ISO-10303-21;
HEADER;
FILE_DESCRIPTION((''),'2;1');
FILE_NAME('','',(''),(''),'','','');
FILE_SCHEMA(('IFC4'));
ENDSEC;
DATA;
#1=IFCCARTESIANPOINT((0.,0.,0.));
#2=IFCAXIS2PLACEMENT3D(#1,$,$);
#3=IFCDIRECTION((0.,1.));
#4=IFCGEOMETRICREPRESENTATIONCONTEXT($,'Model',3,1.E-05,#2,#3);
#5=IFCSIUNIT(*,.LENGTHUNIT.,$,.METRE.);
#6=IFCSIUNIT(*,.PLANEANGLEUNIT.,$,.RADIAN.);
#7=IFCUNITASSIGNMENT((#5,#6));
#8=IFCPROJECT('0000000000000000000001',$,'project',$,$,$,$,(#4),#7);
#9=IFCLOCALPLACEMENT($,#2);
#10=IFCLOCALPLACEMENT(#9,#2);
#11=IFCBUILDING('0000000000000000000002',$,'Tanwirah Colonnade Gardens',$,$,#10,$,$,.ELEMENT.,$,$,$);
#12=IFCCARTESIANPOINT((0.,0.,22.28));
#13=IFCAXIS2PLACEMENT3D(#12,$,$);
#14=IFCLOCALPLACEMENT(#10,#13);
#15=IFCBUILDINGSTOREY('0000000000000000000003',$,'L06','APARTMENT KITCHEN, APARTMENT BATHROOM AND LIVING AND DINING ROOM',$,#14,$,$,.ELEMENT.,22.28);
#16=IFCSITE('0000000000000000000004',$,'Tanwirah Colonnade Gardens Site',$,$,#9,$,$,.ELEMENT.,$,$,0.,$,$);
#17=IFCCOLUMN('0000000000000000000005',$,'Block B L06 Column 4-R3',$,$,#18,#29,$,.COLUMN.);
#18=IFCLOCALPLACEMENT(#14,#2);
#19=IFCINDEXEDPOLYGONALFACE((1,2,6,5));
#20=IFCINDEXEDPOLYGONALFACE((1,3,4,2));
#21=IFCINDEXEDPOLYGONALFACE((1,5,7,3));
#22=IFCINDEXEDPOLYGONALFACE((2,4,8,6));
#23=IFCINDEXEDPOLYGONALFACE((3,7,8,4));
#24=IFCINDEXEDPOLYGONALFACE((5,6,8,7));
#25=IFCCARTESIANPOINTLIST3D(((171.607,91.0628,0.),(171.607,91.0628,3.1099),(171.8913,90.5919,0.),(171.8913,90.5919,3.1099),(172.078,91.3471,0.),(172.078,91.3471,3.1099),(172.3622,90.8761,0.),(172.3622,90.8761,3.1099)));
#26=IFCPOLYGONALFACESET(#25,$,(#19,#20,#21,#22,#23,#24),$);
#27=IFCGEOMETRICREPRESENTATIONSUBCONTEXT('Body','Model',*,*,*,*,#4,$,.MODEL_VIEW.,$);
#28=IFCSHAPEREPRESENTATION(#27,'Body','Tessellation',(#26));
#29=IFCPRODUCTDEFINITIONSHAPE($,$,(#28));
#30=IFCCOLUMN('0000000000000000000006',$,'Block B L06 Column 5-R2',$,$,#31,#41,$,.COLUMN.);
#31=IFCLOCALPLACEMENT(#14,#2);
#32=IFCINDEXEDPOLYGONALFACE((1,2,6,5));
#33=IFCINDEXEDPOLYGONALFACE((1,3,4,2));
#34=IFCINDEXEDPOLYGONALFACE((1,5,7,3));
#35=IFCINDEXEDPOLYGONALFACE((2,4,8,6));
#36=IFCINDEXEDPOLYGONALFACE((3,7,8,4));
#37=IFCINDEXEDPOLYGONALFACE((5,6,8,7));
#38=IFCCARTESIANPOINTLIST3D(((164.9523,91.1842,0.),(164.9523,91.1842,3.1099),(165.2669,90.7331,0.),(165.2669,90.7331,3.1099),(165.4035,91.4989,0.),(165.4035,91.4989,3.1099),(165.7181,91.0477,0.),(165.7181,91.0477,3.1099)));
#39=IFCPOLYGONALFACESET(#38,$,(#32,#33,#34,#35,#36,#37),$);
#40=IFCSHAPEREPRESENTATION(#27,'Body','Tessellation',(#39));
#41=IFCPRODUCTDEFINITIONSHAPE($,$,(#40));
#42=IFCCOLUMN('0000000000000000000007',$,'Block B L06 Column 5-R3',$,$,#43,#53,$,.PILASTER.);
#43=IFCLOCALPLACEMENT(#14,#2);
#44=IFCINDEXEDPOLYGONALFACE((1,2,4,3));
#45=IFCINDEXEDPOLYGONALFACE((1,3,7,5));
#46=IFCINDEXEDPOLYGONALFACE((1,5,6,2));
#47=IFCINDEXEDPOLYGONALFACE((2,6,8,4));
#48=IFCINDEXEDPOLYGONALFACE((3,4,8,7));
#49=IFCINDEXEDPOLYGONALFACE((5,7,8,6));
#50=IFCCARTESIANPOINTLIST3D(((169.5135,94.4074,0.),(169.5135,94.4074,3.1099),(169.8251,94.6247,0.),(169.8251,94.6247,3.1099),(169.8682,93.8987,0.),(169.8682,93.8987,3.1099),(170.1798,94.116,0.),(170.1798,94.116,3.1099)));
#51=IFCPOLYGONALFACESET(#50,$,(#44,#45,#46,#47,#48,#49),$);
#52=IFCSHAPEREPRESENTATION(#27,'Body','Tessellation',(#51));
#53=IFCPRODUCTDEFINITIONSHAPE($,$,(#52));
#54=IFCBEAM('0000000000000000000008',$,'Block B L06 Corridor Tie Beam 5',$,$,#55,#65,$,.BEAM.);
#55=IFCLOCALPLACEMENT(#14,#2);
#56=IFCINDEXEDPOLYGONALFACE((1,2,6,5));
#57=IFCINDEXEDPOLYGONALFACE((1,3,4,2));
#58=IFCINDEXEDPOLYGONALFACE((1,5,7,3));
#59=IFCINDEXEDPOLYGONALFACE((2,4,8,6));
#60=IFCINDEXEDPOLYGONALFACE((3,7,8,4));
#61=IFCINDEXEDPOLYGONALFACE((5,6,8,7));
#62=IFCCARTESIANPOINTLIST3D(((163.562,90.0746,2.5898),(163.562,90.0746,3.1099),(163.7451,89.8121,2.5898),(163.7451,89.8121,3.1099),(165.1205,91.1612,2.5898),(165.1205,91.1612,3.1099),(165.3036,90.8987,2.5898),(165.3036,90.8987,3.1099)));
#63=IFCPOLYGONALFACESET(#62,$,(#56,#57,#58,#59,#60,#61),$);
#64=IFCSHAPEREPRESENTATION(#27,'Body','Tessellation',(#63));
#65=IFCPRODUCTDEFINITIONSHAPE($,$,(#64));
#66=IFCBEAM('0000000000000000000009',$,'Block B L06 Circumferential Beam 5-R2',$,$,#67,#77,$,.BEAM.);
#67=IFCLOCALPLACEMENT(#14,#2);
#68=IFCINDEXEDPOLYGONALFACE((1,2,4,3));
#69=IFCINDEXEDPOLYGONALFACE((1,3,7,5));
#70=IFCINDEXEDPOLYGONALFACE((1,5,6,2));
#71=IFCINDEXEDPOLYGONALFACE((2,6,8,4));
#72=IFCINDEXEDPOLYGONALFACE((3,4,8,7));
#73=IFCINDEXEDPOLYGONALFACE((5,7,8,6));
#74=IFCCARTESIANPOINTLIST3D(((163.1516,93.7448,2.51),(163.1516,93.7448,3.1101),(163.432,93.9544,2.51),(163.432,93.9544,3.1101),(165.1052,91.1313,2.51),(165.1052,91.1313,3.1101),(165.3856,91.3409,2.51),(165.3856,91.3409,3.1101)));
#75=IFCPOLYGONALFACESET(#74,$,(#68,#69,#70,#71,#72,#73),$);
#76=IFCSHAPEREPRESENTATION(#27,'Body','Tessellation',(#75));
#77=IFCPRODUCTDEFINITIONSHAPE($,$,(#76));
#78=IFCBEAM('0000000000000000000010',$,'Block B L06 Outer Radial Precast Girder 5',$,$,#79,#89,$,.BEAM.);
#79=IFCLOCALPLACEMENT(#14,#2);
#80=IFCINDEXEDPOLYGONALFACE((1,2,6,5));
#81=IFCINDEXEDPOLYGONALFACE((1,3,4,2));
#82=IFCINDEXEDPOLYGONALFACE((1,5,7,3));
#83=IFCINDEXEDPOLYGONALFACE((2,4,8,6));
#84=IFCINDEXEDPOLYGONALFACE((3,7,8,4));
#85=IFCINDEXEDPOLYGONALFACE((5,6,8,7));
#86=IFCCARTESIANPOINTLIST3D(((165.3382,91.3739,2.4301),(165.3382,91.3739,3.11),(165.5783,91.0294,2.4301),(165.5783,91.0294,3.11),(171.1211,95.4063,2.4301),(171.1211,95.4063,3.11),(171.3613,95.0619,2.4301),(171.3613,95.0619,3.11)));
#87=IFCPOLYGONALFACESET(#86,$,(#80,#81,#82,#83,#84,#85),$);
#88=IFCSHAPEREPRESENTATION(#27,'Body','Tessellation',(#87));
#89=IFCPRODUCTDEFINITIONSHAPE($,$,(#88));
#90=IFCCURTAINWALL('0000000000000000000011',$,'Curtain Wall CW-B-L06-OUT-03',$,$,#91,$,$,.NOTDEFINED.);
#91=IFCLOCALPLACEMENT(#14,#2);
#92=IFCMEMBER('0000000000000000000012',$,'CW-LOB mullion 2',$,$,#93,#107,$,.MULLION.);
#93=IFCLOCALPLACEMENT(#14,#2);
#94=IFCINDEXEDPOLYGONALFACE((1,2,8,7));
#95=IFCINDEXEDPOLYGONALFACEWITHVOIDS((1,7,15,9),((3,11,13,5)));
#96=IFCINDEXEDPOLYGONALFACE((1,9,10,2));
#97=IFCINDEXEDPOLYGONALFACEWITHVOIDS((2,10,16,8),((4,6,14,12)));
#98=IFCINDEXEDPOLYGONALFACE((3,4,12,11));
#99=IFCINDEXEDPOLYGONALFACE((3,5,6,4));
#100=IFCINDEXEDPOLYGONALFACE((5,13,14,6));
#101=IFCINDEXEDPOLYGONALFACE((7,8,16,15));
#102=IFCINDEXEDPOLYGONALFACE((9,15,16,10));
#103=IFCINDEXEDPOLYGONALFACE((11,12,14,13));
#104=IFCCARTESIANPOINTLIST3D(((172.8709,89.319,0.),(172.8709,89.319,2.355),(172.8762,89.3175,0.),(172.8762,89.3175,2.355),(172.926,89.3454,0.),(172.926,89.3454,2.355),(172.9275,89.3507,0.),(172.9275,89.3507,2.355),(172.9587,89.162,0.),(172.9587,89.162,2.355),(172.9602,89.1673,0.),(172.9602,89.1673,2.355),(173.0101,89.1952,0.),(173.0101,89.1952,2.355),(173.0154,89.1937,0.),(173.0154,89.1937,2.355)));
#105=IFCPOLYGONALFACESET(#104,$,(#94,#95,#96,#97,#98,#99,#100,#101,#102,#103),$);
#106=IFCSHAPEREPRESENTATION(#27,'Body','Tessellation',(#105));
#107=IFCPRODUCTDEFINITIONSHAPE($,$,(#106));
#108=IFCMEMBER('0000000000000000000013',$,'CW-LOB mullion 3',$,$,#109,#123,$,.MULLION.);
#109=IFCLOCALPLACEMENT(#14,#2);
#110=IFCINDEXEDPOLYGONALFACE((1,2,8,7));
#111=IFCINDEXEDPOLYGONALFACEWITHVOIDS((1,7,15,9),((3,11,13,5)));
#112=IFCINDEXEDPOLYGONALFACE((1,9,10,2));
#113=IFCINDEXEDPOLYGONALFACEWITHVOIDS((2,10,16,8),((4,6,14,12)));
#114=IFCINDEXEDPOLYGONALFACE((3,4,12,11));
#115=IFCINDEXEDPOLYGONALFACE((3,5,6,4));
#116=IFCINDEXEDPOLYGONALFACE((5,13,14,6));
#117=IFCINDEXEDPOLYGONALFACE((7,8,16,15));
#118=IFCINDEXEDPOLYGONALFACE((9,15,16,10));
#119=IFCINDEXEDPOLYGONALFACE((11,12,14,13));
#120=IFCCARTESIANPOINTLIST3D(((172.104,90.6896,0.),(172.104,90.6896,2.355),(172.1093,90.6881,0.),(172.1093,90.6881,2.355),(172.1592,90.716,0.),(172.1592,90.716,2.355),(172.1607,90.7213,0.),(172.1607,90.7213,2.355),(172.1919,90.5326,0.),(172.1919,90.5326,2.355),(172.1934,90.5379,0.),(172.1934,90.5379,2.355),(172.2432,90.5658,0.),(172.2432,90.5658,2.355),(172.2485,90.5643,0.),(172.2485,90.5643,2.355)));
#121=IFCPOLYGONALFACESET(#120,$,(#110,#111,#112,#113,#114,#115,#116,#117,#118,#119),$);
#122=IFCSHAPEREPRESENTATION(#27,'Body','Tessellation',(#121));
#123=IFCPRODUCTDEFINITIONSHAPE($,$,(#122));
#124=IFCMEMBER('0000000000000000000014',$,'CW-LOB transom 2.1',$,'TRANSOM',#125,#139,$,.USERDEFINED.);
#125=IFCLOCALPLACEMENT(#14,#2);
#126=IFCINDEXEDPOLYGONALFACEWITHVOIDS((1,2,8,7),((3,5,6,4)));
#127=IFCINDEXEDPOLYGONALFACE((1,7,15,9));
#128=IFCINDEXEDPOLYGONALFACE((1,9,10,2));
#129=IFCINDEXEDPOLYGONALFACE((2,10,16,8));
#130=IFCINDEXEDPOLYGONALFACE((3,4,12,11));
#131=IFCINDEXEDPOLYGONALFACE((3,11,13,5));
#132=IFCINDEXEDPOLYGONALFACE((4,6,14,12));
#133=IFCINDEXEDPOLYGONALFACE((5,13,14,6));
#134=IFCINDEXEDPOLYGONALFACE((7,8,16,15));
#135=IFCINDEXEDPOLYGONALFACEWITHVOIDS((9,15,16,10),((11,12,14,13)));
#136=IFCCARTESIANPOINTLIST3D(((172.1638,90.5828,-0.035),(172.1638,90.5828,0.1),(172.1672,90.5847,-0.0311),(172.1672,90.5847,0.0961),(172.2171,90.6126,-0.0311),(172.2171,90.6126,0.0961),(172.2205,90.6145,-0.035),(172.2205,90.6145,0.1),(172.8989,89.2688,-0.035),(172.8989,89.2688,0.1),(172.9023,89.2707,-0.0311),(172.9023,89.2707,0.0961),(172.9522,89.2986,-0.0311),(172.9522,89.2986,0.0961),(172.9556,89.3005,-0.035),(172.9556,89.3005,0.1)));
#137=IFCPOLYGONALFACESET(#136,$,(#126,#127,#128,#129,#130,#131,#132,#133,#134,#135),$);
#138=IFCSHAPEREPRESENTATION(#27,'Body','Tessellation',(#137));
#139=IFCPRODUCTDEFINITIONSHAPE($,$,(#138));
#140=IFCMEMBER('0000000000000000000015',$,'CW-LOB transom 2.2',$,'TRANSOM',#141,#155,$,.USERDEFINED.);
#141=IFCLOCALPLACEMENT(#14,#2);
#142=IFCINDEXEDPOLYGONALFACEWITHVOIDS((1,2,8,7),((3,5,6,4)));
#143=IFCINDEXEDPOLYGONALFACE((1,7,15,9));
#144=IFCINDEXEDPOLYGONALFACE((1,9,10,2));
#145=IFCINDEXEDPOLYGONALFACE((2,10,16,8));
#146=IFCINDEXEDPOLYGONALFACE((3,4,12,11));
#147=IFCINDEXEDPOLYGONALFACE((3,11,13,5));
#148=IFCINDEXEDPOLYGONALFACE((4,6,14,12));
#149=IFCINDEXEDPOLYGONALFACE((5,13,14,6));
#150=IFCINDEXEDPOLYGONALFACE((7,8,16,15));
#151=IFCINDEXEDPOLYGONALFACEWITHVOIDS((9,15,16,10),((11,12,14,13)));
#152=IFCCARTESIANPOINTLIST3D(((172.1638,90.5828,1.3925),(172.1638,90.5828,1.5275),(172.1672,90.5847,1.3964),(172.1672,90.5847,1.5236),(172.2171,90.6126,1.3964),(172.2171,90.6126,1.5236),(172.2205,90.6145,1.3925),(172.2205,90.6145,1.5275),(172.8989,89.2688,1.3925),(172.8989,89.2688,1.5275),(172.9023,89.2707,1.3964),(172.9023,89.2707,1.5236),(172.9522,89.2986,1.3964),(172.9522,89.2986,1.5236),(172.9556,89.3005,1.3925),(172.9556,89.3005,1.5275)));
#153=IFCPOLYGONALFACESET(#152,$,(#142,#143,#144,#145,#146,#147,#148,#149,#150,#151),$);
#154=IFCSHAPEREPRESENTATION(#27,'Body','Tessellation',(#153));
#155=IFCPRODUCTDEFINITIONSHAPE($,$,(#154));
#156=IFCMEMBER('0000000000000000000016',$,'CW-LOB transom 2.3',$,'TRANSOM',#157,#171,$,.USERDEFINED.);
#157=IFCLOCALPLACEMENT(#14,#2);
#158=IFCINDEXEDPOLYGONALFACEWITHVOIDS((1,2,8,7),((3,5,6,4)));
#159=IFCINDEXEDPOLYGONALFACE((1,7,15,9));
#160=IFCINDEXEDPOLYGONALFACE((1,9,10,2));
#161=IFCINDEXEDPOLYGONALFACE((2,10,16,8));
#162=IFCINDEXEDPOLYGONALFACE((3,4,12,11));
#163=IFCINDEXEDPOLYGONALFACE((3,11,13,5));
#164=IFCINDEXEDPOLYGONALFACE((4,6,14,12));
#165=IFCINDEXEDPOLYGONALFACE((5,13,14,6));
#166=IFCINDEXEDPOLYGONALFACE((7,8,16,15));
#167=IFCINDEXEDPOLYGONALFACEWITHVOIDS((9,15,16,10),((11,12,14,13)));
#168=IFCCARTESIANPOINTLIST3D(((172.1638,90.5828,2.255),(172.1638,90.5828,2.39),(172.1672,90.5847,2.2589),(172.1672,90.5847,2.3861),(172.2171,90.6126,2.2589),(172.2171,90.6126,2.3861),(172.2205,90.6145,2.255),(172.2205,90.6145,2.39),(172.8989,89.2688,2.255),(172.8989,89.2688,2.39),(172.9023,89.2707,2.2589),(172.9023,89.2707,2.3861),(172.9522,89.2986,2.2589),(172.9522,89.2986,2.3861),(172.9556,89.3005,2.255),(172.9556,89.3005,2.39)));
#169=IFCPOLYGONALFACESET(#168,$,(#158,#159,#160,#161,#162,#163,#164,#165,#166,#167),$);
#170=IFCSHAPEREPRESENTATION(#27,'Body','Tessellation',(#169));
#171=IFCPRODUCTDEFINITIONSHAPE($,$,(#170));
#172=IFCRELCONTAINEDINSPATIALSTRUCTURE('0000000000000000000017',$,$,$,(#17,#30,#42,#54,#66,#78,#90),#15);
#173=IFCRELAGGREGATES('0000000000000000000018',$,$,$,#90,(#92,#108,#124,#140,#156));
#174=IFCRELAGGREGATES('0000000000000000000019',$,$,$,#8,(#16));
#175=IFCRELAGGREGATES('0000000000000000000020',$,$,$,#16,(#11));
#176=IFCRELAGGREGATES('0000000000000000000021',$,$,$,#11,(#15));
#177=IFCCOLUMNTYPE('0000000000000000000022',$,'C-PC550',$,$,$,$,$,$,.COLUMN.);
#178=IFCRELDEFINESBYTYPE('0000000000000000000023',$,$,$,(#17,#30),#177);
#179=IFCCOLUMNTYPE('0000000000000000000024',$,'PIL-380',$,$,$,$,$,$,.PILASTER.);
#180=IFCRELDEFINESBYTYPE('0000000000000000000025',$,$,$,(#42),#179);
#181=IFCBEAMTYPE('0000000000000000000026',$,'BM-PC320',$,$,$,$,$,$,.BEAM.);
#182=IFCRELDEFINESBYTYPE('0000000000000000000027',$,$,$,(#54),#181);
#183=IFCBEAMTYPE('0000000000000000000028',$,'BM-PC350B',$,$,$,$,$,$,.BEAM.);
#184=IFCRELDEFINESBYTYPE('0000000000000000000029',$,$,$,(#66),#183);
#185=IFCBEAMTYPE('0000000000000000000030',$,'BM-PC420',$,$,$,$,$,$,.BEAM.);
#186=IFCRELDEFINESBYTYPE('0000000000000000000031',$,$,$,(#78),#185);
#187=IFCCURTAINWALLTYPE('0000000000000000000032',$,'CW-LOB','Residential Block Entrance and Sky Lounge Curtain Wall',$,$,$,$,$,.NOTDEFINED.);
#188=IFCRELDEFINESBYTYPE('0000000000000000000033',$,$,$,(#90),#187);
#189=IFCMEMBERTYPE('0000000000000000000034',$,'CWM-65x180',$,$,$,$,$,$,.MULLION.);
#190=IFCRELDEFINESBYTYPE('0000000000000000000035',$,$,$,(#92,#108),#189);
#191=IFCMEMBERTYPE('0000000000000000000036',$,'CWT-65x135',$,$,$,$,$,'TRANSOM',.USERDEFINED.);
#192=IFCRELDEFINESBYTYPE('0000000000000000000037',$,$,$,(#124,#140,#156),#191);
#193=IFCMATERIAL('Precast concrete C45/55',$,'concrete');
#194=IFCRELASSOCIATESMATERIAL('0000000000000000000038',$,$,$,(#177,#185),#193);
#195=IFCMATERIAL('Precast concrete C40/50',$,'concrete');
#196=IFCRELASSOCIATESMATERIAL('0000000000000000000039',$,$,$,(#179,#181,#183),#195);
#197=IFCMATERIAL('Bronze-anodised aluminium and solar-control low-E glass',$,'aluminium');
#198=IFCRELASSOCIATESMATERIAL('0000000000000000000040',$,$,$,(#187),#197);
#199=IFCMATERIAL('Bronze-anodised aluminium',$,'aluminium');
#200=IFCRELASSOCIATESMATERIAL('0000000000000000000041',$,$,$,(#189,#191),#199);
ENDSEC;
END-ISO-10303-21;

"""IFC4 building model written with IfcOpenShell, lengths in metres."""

from ifc_helpers import new_model, si_unit, direction, frame, origin, origin_2d, place, context, subcontext, project, spatial, rectangle, hollow_rectangle, extrude, material, material_profile, profile_set, type_object, element, aggregate, save


model = new_model("IFC4")

# Units and contexts
model_context = context("Model", 3, precision=1e-05, world=origin(), true_north=direction((0.0, 1.0)))
body_context = subcontext(model_context, "Body", "Model", "MODEL_VIEW")
ifc_project = project(units=[si_unit("LENGTHUNIT", "METRE"), si_unit("PLANEANGLEUNIT", "RADIAN")], contexts=[model_context])

# Site, building, storey
site_placement = place(None, origin())
site = spatial("IfcSite", under=ifc_project, at=site_placement, Name="Tanwirah Colonnade Gardens Site", CompositionType="ELEMENT", RefElevation=0.0)
building_placement = place(site_placement, origin())
building = spatial("IfcBuilding", under=site, at=building_placement, Name="Tanwirah Colonnade Gardens", CompositionType="ELEMENT")
storey_placement = place(building_placement, frame((0.0, 0.0, 22.28)))
storey = spatial("IfcBuildingStorey", under=building, at=storey_placement, Name="L06", Description="APARTMENT KITCHEN, APARTMENT BATHROOM AND LIVING AND DINING ROOM", CompositionType="ELEMENT", Elevation=22.28)

# Columns
ifc_material_1 = material(Name="Precast concrete C45/55", Category="concrete")
ifc_material_profile_1 = material_profile(ifc_material_1, rectangle(XDim=0.55, YDim=0.55, at=origin_2d()), Name="PC-COL 550x550")
ifc_profile_set_1 = profile_set([ifc_material_profile_1], Name="Precast concrete C45/55")
column_type_1 = type_object("IfcColumnType", Name="C-PC550", PredefinedType="COLUMN", material=ifc_profile_set_1)
for number, where, z_axis, x_axis, name in (
    (1, (171.9846, 90.9695, 0.0), (0.0, 0.0, 1.0), (0.856167, 0.516699, 0.0), "Block B L06 Column 4-R3"),
    (2, (165.3352, 91.116, 0.0), (0.0, 0.0, 1.0), (0.820263, 0.571987, 0.0), "Block B L06 Column 5-R2"),
):
    element("IfcColumn", number, at=place(storey_placement, frame(where, z_axis=z_axis, x_axis=x_axis)), inside=storey, type_object=column_type_1, Name=name, PredefinedType="COLUMN", context=body_context, shape_type="SweptSolid", body=[
        extrude(rectangle(XDim=0.55, YDim=0.55, at=origin_2d()), origin(), (0.0, 0.0, 1.0), 3.1099),
    ])
ifc_material_2 = material(Name="Precast concrete C40/50", Category="concrete")
ifc_material_profile_2 = material_profile(ifc_material_2, rectangle(XDim=0.3799, YDim=0.6201, at=origin_2d()), Name="PC-PIL 380x620")
ifc_profile_set_2 = profile_set([ifc_material_profile_2], Name="Precast concrete C40/50")
column_type_2 = type_object("IfcColumnType", Name="PIL-380", PredefinedType="PILASTER", material=ifc_profile_set_2)
column_placement = place(storey_placement, frame((169.8467, 94.2617, 0.0), z_axis=(0.0, 0.0, 1.0), x_axis=(0.820263, 0.571987, 0.0)))
element("IfcColumn", 3, at=column_placement, inside=storey, type_object=column_type_2, Name="Block B L06 Column 5-R3", PredefinedType="PILASTER", context=body_context, shape_type="SweptSolid", body=[
    extrude(rectangle(XDim=0.3799, YDim=0.6201, at=origin_2d()), origin(), (0.0, 0.0, 1.0), 3.1099),
])

# Beams
ifc_material_profile_3 = material_profile(ifc_material_2, rectangle(XDim=0.3201, YDim=0.52, at=origin_2d()), Name="PC-BM 320x520")
ifc_profile_set_3 = profile_set([ifc_material_profile_3], Name="Precast concrete C40/50")
beam_type_1 = type_object("IfcBeamType", Name="BM-PC320", PredefinedType="BEAM", material=ifc_profile_set_3)
beam_1_placement = place(storey_placement, frame((163.6536, 89.9434, 2.8499), z_axis=(0.820305, 0.571926, 0.0), x_axis=(-0.571926, 0.820305, 0.0)))
element("IfcBeam", 4, at=beam_1_placement, inside=storey, type_object=beam_type_1, Name="Block B L06 Corridor Tie Beam 5", PredefinedType="BEAM", context=body_context, shape_type="SweptSolid", body=[
    extrude(rectangle(XDim=0.3201, YDim=0.52, at=origin_2d()), origin(), (0.0, 0.0, 1.0), 1.8999),
])
ifc_material_profile_4 = material_profile(ifc_material_2, rectangle(XDim=0.3501, YDim=0.6001, at=origin_2d()), Name="PC-BM 350x600")
ifc_profile_set_4 = profile_set([ifc_material_profile_4], Name="Precast concrete C40/50")
beam_type_2 = type_object("IfcBeamType", Name="BM-PC350B", PredefinedType="BEAM", material=ifc_profile_set_4)
beam_2_placement = place(storey_placement, frame((165.2454, 91.2361, 2.8101), z_axis=(-0.598718, 0.80096, 0.0), x_axis=(-0.80096, -0.598718, 0.0)))
element("IfcBeam", 5, at=beam_2_placement, inside=storey, type_object=beam_type_2, Name="Block B L06 Circumferential Beam 5-R2", PredefinedType="BEAM", context=body_context, shape_type="SweptSolid", body=[
    extrude(rectangle(XDim=0.3501, YDim=0.6001, at=origin_2d()), origin(), (0.0, 0.0, 1.0), 3.2629),
])
ifc_material_profile_5 = material_profile(ifc_material_1, rectangle(XDim=0.4199, YDim=0.6799, at=origin_2d()), Name="PC-BM 420x680")
ifc_profile_set_5 = profile_set([ifc_material_profile_5], Name="Precast concrete C45/55")
beam_type_3 = type_object("IfcBeamType", Name="BM-PC420", PredefinedType="BEAM", material=ifc_profile_set_5)
beam_3_placement = place(storey_placement, frame((165.4583, 91.2017, 2.77), z_axis=(0.82027, 0.571976, 0.0), x_axis=(-0.571976, 0.82027, 0.0)))
element("IfcBeam", 6, at=beam_3_placement, inside=storey, type_object=beam_type_3, Name="Block B L06 Outer Radial Precast Girder 5", PredefinedType="BEAM", context=body_context, shape_type="SweptSolid", body=[
    extrude(rectangle(XDim=0.4199, YDim=0.6799, at=origin_2d()), origin(), (0.0, 0.0, 1.0), 7.05),
])

# Curtain wall, members
ifc_material_3 = material(Name="Bronze-anodised aluminium and solar-control low-E glass", Category="aluminium")
curtain_wall_type = type_object("IfcCurtainWallType", Name="CW-LOB", Description="Residential Block Entrance and Sky Lounge Curtain Wall", PredefinedType="NOTDEFINED", material=ifc_material_3)
curtain_wall_placement = place(storey_placement, origin())
curtain_wall = element("IfcCurtainWall", 7, at=curtain_wall_placement, inside=storey, type_object=curtain_wall_type, Name="Curtain Wall CW-B-L06-OUT-03", PredefinedType="NOTDEFINED")
ifc_material_4 = material(Name="Bronze-anodised aluminium", Category="aluminium")
ifc_material_profile_6 = material_profile(ifc_material_4, hollow_rectangle(XDim=0.0649, YDim=0.1799, WallThickness=0.0039, at=origin_2d()), Name="CW-MUL 65x180x4")
ifc_profile_set_6 = profile_set([ifc_material_profile_6], Name="Bronze-anodised aluminium")
member_type_1 = type_object("IfcMemberType", Name="CWM-65x180", PredefinedType="MULLION", material=ifc_profile_set_6)
member_1_placement = place(storey_placement, frame((172.9431, 89.2563, 0.0), z_axis=(0.0, 0.0, 1.0), x_axis=(-0.872732, -0.4882, 0.0)))
member_1 = element("IfcMember", 8, at=member_1_placement, type_object=member_type_1, Name="CW-LOB mullion 2", PredefinedType="MULLION", context=body_context, shape_type="SweptSolid", body=[
    extrude(hollow_rectangle(XDim=0.0649, YDim=0.1799, WallThickness=0.0039, at=origin_2d()), origin(), (0.0, 0.0, 1.0), 2.355),
])
member_2_placement = place(storey_placement, frame((172.1763, 90.627, 0.0), z_axis=(0.0, 0.0, 1.0), x_axis=(-0.872732, -0.4882, 0.0)))
member_2 = element("IfcMember", 9, at=member_2_placement, type_object=member_type_1, Name="CW-LOB mullion 3", PredefinedType="MULLION", context=body_context, shape_type="SweptSolid", body=[
    extrude(hollow_rectangle(XDim=0.0649, YDim=0.1799, WallThickness=0.0039, at=origin_2d()), origin(), (0.0, 0.0, 1.0), 2.355),
])
ifc_material_profile_7 = material_profile(ifc_material_4, hollow_rectangle(XDim=0.0649, YDim=0.135, WallThickness=0.0039, at=origin_2d()), Name="CW-TRN 65x135x4")
ifc_profile_set_7 = profile_set([ifc_material_profile_7], Name="Bronze-anodised aluminium")
member_type_2 = type_object("IfcMemberType", Name="CWT-65x135", ElementType="TRANSOM", PredefinedType="USERDEFINED", material=ifc_profile_set_7)
member_3_placement = place(storey_placement, frame((172.9272, 89.2847, 0.0325), z_axis=(-0.488243, 0.872708, 0.0), x_axis=(-0.872708, -0.488243, 0.0)))
member_3 = element("IfcMember", 10, at=member_3_placement, type_object=member_type_2, Name="CW-LOB transom 2.1", ObjectType="TRANSOM", PredefinedType="USERDEFINED", context=body_context, shape_type="SweptSolid", body=[
    extrude(hollow_rectangle(XDim=0.0649, YDim=0.135, WallThickness=0.0039, at=origin_2d()), origin(), (0.0, 0.0, 1.0), 1.5056),
])
member_4_placement = place(storey_placement, frame((172.9272, 89.2847, 1.46), z_axis=(-0.488243, 0.872708, 0.0), x_axis=(-0.872708, -0.488243, 0.0)))
member_4 = element("IfcMember", 11, at=member_4_placement, type_object=member_type_2, Name="CW-LOB transom 2.2", ObjectType="TRANSOM", PredefinedType="USERDEFINED", context=body_context, shape_type="SweptSolid", body=[
    extrude(hollow_rectangle(XDim=0.0649, YDim=0.135, WallThickness=0.0039, at=origin_2d()), origin(), (0.0, 0.0, 1.0), 1.5056),
])
member_5_placement = place(storey_placement, frame((172.9272, 89.2847, 2.3225), z_axis=(-0.488243, 0.872708, 0.0), x_axis=(-0.872708, -0.488243, 0.0)))
member_5 = element("IfcMember", 12, at=member_5_placement, type_object=member_type_2, Name="CW-LOB transom 2.3", ObjectType="TRANSOM", PredefinedType="USERDEFINED", context=body_context, shape_type="SweptSolid", body=[
    extrude(hollow_rectangle(XDim=0.0649, YDim=0.135, WallThickness=0.0039, at=origin_2d()), origin(), (0.0, 0.0, 1.0), 1.5056),
])

aggregate(curtain_wall, [member_1, member_2, member_3, member_4, member_5])

save(model, "model.ifc")
